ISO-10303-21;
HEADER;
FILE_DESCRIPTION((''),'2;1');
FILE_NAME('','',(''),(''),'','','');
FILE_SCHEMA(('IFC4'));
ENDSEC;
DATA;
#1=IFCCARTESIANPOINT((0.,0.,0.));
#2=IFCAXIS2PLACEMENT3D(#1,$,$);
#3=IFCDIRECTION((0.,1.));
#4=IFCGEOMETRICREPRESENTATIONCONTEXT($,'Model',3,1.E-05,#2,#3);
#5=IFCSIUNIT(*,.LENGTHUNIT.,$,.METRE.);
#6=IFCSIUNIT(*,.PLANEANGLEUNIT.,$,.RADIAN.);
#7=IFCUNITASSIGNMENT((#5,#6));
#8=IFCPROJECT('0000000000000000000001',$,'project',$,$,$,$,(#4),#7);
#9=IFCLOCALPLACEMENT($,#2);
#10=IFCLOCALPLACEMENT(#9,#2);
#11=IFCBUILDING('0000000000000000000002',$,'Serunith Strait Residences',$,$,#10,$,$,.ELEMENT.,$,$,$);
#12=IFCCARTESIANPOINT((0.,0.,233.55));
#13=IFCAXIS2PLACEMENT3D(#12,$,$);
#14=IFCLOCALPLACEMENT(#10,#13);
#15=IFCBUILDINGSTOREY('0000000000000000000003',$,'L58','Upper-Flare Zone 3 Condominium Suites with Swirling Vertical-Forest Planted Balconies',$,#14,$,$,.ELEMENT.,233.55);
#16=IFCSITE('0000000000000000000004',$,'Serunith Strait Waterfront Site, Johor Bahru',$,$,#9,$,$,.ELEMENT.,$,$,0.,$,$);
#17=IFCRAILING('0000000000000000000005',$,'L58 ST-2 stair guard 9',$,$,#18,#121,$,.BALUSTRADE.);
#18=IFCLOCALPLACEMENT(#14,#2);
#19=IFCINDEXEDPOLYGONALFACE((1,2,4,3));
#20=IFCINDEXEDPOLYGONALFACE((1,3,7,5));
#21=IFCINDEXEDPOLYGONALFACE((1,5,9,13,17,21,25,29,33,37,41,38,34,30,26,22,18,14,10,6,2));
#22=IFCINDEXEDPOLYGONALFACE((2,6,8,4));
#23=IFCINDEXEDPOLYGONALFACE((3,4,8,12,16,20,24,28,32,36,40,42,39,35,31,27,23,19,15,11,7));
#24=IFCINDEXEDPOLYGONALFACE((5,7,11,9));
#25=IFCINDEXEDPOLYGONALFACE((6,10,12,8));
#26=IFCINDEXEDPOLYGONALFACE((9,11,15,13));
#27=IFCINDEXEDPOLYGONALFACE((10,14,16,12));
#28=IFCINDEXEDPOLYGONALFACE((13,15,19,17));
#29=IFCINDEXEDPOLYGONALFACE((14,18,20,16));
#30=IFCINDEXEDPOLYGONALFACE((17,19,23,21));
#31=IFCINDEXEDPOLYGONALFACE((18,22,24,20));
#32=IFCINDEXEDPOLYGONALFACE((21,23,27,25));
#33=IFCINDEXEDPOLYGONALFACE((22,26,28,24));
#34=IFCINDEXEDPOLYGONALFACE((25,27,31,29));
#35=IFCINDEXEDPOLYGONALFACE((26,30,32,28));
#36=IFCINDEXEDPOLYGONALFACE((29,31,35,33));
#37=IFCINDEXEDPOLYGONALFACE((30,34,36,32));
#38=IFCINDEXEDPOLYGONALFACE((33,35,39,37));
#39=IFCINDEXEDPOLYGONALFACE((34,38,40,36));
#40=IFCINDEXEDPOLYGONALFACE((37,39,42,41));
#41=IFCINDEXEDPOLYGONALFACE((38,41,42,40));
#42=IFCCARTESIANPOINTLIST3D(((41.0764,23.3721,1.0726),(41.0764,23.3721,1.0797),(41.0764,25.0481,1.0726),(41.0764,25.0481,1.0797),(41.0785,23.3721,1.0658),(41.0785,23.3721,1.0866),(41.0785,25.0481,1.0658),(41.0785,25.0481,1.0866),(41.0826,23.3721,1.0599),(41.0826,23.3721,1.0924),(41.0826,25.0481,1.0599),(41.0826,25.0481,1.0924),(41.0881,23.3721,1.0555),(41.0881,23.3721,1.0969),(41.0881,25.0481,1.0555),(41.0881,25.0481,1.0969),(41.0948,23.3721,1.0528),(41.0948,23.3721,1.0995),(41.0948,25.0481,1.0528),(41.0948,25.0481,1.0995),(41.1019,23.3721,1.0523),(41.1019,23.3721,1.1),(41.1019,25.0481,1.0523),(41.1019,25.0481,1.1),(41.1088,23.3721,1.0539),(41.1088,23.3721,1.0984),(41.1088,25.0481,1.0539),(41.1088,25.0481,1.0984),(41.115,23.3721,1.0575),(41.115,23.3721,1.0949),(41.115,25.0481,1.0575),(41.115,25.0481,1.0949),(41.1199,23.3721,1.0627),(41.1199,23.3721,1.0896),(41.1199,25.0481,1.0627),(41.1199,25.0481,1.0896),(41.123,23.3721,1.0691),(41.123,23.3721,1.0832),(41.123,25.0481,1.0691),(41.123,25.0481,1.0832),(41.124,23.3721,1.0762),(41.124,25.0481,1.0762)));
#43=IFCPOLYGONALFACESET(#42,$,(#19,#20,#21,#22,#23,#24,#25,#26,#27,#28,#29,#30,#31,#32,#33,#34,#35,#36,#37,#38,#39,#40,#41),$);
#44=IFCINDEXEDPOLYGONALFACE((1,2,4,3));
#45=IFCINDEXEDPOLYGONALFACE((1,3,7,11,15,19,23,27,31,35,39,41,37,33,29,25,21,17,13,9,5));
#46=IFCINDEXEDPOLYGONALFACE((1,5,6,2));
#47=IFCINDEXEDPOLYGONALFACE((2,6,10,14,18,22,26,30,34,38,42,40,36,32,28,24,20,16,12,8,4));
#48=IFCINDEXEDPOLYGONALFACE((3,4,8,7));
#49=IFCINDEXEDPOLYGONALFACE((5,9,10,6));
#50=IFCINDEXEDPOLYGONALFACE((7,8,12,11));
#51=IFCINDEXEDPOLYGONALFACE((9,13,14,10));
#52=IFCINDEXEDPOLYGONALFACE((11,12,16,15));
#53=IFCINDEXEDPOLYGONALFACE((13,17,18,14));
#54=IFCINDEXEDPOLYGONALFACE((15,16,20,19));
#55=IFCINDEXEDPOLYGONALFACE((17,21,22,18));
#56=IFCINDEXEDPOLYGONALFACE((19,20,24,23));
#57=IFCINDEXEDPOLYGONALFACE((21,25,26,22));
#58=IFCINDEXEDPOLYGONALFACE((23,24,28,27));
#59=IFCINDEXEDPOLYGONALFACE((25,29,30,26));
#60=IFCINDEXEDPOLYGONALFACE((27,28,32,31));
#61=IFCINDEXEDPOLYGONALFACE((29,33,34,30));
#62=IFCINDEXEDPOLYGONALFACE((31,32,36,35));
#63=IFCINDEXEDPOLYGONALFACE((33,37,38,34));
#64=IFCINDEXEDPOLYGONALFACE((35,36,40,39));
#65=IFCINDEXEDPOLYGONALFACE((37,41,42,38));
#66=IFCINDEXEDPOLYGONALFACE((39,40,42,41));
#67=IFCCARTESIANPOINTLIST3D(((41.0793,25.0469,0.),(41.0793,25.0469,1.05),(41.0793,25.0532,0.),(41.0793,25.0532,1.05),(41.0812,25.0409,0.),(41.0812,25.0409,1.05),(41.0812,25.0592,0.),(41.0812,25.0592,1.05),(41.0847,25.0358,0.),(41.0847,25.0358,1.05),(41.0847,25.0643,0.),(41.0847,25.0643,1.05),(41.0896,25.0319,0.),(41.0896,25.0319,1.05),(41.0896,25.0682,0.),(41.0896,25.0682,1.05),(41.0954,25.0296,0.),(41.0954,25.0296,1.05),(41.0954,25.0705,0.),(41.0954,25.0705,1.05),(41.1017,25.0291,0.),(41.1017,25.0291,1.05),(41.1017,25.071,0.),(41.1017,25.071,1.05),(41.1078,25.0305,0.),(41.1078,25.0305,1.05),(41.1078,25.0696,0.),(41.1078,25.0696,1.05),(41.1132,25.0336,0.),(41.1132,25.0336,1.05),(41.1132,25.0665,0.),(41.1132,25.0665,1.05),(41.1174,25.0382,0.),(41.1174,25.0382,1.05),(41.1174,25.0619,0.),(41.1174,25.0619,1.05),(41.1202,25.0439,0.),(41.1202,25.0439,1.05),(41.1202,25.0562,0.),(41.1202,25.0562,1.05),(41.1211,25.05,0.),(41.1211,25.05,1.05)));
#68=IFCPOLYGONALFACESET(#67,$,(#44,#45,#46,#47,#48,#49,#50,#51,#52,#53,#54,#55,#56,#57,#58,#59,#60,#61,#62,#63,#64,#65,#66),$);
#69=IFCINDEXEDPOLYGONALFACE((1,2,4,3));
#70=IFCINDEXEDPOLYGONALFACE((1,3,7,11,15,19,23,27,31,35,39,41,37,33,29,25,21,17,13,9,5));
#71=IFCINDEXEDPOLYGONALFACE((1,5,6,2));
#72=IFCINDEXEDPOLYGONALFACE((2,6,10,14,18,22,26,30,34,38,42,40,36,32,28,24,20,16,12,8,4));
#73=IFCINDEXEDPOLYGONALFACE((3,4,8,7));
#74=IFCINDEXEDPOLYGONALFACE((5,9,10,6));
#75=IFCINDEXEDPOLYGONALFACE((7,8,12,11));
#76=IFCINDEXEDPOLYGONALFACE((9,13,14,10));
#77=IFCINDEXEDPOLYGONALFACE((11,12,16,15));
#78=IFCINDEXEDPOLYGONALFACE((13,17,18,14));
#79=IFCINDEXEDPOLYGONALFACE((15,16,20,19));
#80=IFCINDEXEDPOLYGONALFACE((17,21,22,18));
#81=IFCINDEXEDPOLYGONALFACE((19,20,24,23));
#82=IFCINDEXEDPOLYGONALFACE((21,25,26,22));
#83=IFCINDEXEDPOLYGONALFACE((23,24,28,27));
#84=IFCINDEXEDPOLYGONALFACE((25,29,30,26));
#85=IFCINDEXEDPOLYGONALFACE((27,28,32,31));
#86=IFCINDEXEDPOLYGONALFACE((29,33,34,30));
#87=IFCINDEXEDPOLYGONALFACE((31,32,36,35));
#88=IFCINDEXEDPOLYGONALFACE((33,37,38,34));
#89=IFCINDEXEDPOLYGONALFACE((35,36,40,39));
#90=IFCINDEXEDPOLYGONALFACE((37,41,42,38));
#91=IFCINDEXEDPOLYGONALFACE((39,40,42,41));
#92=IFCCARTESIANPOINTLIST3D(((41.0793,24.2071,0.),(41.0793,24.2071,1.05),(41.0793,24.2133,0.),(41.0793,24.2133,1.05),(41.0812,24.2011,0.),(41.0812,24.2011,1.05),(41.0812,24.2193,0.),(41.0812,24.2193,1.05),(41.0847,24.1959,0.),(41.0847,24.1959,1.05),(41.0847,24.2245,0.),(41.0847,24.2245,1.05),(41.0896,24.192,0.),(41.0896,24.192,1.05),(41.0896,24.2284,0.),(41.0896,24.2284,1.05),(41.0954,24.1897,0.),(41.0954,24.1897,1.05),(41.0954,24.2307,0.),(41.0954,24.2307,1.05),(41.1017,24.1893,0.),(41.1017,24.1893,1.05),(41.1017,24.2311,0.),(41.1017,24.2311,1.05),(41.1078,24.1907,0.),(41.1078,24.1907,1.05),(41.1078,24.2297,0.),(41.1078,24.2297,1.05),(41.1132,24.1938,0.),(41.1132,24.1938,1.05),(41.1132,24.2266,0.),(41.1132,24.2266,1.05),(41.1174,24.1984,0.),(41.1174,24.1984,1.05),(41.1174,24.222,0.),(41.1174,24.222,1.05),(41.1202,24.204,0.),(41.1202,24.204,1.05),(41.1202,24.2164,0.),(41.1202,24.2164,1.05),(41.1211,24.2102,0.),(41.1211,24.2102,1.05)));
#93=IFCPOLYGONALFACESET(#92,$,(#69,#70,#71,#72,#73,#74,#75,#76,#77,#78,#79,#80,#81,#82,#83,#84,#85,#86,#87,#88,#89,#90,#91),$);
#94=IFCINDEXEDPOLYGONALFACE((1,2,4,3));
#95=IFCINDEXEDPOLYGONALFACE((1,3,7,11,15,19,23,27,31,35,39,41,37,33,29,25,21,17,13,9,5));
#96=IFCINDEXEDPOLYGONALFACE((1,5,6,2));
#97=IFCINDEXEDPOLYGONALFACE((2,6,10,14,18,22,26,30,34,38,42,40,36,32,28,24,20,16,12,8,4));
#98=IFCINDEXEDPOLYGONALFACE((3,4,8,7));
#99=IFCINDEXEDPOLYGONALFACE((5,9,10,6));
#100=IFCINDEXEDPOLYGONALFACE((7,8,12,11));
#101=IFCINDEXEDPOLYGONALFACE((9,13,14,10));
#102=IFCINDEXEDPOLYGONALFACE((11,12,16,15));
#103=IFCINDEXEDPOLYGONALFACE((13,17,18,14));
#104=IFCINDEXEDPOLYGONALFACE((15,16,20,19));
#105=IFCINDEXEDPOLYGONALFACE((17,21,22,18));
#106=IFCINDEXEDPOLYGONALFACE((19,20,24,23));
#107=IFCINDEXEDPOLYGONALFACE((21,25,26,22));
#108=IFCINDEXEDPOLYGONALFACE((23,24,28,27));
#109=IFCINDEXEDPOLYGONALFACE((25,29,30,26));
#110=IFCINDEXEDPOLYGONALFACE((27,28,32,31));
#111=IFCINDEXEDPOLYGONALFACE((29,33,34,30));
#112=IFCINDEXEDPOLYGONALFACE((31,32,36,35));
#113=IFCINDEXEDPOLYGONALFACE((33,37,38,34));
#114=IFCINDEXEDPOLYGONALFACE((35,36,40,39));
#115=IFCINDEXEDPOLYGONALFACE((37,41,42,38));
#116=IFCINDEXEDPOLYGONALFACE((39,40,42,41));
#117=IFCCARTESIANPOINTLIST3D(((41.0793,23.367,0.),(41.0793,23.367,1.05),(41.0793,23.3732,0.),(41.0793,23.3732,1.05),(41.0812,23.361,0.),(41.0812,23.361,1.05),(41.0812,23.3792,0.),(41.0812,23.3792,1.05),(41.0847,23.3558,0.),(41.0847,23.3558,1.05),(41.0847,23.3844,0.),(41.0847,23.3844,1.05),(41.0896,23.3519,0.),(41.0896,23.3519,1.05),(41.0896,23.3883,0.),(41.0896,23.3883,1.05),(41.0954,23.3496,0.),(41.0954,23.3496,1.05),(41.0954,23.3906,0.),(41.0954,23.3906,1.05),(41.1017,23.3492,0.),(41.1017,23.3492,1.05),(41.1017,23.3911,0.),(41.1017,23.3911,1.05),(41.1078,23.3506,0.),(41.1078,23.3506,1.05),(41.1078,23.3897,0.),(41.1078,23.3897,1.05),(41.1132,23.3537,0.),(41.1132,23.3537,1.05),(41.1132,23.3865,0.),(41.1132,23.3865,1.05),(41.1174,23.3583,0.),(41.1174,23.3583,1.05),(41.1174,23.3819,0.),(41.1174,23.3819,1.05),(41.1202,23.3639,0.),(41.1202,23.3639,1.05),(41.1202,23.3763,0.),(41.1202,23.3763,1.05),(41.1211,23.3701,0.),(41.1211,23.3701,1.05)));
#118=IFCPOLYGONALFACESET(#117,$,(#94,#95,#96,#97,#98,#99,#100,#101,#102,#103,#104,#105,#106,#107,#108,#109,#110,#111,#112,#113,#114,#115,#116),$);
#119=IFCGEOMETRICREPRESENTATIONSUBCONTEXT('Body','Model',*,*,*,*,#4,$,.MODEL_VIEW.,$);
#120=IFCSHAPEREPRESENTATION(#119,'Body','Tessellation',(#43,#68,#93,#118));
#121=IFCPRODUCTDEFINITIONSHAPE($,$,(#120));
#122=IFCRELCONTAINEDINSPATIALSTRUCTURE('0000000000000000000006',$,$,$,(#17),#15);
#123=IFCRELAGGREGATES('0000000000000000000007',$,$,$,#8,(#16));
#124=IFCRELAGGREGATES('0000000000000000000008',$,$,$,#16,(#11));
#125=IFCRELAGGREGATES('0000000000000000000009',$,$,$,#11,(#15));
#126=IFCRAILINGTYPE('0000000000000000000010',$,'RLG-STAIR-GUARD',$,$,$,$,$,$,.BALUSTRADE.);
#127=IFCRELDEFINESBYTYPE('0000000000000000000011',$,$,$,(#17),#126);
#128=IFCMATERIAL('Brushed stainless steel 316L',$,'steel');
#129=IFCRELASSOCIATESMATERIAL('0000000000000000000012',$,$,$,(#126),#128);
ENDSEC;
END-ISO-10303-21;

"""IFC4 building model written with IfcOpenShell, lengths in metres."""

from ifc_helpers import new_model, si_unit, direction, frame, origin, origin_2d, place, context, subcontext, project, spatial, circle, extrude, material, type_object, element, save


model = new_model("IFC4")

# Units and contexts
model_context = context("Model", 3, precision=1e-05, world=origin(), true_north=direction((0.0, 1.0)))
body_context = subcontext(model_context, "Body", "Model", "MODEL_VIEW")
ifc_project = project(units=[si_unit("LENGTHUNIT", "METRE"), si_unit("PLANEANGLEUNIT", "RADIAN")], contexts=[model_context])

# Site, building, storey
site_placement = place(None, origin())
site = spatial("IfcSite", under=ifc_project, at=site_placement, Name="Serunith Strait Waterfront Site, Johor Bahru", CompositionType="ELEMENT", RefElevation=0.0)
building_placement = place(site_placement, origin())
building = spatial("IfcBuilding", under=site, at=building_placement, Name="Serunith Strait Residences", CompositionType="ELEMENT")
storey_placement = place(building_placement, frame((0.0, 0.0, 233.55)))
storey = spatial("IfcBuildingStorey", under=building, at=storey_placement, Name="L58", Description="Upper-Flare Zone 3 Condominium Suites with Swirling Vertical-Forest Planted Balconies", CompositionType="ELEMENT", Elevation=233.55)

# Railing
ifc_material_1 = material(Name="Brushed stainless steel 316L", Category="steel")
railing_type = type_object("IfcRailingType", Name="RLG-STAIR-GUARD", PredefinedType="BALUSTRADE", material=ifc_material_1)
for number, where, name in (
    (1, (41.1001, 25.05, 0.0), "L58 ST-2 stair guard 9"),
):
    element("IfcRailing", number, at=place(storey_placement, frame(where)), inside=storey, type_object=railing_type, Name=name, PredefinedType="BALUSTRADE", context=body_context, shape_type="SweptSolid", body=[
        extrude(circle(Radius=0.0239, at=origin_2d()), frame((0.0, -0.002, 1.0762), z_axis=(0.0, -1.0, 0.0), x_axis=(1.0, 0.0, 0.0)), (0.0, 0.0, 1.0), 1.676),
        extrude(circle(Radius=0.021, at=origin_2d()), origin(), (0.0, 0.0, 1.0), 1.05),
        extrude(circle(Radius=0.021, at=origin_2d()), frame((0.0, -0.8398, 0.0)), (0.0, 0.0, 1.0), 1.05),
        extrude(circle(Radius=0.021, at=origin_2d()), frame((0.0, -1.6799, 0.0)), (0.0, 0.0, 1.0), 1.05),
    ])

save(model, "model.ifc")
